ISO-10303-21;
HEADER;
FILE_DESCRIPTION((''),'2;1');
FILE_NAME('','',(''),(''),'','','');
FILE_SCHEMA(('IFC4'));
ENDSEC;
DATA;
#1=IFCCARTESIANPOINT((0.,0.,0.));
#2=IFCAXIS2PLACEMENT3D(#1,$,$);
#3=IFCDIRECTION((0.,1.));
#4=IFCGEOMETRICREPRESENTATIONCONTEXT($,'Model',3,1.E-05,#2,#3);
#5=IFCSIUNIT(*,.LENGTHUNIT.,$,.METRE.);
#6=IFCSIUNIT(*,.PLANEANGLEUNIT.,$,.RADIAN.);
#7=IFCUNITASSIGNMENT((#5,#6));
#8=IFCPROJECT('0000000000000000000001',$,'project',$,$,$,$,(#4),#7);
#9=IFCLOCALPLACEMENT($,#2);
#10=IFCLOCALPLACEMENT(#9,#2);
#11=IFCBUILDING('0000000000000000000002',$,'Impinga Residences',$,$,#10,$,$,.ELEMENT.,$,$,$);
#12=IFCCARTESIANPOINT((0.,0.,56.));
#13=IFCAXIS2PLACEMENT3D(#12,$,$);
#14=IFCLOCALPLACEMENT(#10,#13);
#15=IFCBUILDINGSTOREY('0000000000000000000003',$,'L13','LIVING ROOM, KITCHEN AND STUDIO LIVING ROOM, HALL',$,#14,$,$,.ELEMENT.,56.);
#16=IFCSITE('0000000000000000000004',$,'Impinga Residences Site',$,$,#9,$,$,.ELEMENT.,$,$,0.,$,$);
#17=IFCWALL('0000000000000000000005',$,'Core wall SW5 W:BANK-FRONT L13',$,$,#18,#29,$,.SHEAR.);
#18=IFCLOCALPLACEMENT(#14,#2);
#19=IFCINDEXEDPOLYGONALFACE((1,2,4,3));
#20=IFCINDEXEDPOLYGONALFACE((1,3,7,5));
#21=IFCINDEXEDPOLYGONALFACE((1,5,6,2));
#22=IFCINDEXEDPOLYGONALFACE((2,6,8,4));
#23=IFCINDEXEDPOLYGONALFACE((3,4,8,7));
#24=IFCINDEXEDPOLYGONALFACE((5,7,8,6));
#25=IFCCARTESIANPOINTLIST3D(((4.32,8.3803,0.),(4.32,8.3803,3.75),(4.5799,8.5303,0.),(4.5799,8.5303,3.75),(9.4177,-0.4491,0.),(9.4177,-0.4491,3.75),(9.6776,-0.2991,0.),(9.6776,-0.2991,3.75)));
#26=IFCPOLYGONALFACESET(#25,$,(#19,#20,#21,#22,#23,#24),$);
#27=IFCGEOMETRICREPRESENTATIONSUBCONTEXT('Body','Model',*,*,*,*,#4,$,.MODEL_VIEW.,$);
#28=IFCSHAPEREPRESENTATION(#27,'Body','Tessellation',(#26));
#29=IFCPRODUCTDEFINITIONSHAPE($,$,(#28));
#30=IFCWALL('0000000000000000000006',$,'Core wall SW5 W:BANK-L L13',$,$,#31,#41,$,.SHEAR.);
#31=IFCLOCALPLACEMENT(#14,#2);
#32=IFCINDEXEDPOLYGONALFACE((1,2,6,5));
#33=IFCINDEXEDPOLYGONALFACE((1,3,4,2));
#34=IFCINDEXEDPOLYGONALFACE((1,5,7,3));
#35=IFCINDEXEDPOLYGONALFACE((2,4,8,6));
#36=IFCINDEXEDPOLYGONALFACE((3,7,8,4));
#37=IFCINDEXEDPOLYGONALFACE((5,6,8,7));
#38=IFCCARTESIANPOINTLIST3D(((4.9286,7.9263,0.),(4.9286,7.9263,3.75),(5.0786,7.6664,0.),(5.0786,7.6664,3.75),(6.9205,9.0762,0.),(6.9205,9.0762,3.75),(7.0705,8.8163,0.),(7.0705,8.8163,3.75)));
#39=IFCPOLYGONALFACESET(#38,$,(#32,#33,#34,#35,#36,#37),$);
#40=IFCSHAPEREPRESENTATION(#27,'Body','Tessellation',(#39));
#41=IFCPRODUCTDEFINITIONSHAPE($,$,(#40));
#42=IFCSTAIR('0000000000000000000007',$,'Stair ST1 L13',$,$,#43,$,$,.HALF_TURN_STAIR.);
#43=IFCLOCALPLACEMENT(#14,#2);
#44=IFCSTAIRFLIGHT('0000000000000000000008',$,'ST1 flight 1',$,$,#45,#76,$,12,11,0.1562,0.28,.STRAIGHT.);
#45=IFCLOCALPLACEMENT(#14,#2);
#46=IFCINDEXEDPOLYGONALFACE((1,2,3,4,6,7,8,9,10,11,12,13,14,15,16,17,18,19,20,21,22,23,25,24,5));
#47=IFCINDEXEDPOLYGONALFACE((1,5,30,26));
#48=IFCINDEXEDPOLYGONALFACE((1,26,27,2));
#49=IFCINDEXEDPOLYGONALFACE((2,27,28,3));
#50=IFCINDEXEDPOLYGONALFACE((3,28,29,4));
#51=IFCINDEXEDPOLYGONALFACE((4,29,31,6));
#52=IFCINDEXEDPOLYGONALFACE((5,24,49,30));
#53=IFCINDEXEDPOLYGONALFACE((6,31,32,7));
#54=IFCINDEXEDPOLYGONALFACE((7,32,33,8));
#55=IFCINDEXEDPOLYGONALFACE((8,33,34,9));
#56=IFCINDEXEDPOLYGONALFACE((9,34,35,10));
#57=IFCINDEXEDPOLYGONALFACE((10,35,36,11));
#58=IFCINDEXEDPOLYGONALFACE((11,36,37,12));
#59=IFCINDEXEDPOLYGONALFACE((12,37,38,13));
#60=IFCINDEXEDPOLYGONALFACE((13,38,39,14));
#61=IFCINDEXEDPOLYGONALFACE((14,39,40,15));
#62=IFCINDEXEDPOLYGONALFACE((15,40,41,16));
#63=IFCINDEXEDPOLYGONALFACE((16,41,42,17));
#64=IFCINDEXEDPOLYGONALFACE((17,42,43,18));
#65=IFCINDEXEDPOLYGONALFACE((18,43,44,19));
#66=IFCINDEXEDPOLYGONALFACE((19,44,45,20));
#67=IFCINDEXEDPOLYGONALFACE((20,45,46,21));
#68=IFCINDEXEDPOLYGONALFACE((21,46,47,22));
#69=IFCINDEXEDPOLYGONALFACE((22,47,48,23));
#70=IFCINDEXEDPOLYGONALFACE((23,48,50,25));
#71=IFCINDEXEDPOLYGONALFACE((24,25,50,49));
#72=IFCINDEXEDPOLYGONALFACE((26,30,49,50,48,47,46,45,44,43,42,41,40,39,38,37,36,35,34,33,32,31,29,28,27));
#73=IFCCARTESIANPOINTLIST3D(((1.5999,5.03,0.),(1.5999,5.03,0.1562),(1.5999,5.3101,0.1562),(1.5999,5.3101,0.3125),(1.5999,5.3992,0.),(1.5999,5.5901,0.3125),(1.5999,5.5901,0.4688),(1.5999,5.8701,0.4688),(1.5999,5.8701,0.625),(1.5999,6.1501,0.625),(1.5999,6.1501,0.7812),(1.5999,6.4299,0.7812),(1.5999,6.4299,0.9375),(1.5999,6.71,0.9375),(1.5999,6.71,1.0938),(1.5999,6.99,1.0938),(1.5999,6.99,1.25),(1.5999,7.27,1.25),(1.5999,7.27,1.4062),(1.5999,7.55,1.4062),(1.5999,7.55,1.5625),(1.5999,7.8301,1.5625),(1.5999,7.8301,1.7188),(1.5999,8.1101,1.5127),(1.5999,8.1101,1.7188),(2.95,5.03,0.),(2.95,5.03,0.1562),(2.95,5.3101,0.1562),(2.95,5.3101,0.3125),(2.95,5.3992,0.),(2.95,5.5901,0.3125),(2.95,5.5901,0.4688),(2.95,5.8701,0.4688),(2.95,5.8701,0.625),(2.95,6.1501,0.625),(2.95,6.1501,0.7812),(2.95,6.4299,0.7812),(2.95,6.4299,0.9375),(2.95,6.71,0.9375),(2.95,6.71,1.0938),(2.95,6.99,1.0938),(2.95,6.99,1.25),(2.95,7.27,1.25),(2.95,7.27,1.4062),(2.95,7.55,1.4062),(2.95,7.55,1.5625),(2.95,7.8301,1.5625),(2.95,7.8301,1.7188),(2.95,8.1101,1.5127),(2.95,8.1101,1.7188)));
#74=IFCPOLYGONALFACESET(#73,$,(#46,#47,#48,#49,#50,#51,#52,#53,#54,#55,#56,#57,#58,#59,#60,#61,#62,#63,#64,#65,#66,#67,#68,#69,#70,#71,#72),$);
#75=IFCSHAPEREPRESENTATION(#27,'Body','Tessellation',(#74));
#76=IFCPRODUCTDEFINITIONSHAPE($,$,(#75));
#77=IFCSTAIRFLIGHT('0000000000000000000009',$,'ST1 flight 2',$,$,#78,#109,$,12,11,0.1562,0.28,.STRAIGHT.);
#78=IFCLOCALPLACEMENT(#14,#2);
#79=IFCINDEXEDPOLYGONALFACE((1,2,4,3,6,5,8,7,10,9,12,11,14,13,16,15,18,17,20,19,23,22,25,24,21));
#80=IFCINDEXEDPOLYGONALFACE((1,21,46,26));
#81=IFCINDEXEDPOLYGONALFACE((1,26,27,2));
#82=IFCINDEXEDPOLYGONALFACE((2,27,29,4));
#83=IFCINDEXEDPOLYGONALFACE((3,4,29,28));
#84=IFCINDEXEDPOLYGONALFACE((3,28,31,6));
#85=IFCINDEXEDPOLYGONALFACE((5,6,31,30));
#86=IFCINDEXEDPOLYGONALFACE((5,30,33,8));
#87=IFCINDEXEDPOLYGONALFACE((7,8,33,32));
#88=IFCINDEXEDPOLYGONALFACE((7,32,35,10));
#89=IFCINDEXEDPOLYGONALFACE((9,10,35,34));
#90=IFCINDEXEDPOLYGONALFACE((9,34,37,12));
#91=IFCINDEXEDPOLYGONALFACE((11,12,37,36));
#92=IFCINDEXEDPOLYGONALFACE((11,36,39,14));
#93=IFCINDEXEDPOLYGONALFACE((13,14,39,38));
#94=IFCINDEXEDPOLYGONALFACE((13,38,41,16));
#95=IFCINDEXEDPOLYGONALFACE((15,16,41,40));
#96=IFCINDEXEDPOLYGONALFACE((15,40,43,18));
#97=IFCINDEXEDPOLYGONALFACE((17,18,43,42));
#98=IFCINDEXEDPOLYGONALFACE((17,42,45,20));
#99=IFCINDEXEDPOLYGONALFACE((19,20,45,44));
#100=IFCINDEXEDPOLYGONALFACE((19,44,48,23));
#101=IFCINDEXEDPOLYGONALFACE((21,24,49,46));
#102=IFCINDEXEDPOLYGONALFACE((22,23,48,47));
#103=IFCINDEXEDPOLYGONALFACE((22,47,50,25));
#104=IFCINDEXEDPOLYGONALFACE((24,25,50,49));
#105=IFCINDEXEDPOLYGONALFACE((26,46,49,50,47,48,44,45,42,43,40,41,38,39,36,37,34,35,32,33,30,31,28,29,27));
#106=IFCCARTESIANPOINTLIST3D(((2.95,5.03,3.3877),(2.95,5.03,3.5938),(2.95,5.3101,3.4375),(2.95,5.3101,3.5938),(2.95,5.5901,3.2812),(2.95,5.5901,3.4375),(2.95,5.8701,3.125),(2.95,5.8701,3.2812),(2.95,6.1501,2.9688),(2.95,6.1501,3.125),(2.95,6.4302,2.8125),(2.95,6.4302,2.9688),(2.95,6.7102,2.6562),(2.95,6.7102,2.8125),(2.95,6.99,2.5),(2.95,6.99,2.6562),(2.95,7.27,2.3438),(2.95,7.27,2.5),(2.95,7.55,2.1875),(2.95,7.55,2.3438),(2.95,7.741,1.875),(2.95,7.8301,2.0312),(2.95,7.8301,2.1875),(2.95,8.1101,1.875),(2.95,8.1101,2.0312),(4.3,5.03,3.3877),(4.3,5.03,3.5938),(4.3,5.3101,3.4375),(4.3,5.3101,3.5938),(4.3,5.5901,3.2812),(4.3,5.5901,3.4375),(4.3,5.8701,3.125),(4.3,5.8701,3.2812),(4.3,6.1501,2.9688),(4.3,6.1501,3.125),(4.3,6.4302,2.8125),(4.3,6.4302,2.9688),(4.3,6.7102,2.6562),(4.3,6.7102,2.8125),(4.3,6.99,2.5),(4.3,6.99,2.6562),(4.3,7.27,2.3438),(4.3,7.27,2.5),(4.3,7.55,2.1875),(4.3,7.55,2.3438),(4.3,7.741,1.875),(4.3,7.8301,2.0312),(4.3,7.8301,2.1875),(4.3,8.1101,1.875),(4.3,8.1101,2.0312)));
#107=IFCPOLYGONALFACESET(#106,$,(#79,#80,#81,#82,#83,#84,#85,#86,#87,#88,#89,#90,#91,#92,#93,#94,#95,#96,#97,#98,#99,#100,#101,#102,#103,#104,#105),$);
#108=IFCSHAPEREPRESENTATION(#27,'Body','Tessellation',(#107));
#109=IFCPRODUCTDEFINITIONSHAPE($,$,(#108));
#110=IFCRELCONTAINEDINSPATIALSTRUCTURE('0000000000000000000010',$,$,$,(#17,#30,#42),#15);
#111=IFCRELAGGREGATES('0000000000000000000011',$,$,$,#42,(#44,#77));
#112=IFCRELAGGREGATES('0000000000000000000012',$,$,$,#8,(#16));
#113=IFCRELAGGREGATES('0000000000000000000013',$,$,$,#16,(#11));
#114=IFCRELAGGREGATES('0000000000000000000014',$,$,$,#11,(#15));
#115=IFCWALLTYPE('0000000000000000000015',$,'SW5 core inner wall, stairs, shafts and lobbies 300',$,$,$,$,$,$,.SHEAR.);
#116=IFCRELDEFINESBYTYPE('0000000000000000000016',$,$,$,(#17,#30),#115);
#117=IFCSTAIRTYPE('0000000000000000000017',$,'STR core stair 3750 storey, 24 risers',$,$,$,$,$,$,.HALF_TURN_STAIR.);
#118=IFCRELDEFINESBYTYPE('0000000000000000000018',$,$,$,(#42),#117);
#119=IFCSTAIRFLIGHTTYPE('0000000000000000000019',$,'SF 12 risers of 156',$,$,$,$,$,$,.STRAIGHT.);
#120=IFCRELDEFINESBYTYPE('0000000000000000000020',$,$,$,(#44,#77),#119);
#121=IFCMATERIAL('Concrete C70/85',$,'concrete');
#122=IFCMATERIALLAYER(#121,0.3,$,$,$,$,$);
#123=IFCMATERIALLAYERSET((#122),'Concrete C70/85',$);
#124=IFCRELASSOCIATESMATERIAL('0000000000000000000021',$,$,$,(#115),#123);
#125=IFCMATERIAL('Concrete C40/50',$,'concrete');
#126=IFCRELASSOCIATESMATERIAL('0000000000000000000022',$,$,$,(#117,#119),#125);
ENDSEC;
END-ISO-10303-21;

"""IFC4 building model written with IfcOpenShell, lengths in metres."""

from ifc_helpers import new_model, si_unit, direction, frame, frame_2d, origin, place, context, subcontext, project, spatial, polyline, rectangle, outline, extrude, material, layer, layer_set, type_object, element, aggregate, save


model = new_model("IFC4")

# Units and contexts
model_context = context("Model", 3, precision=1e-05, world=origin(), true_north=direction((0.0, 1.0)))
body_context = subcontext(model_context, "Body", "Model", "MODEL_VIEW")
ifc_project = project(units=[si_unit("LENGTHUNIT", "METRE"), si_unit("PLANEANGLEUNIT", "RADIAN")], contexts=[model_context])

# Site, building, storey
site_placement = place(None, origin())
site = spatial("IfcSite", under=ifc_project, at=site_placement, Name="Impinga Residences Site", CompositionType="ELEMENT", RefElevation=0.0)
building_placement = place(site_placement, origin())
building = spatial("IfcBuilding", under=site, at=building_placement, Name="Impinga Residences", CompositionType="ELEMENT")
storey_placement = place(building_placement, frame((0.0, 0.0, 56.0)))
storey = spatial("IfcBuildingStorey", under=building, at=storey_placement, Name="L13", Description="LIVING ROOM, KITCHEN AND STUDIO LIVING ROOM, HALL", CompositionType="ELEMENT", Elevation=56.0)

# Shared definitions
ifc_material_1 = material(Name="Concrete C70/85", Category="concrete")

# Shared definitions
ifc_layer_1 = layer(ifc_material_1, 0.3)
ifc_layer_set_1 = layer_set([ifc_layer_1], Name="Concrete C70/85")
wall_type_1 = type_object("IfcWallType", Name="SW5 core inner wall, stairs, shafts and lobbies 300", PredefinedType="SHEAR", material=ifc_layer_set_1)

# Walls
wall_1_placement = place(storey_placement, frame((4.45, 8.4553, 0.0), z_axis=(0.0, 0.0, 1.0), x_axis=(0.500002, -0.866024, 0.0)))
element("IfcWall", 1, at=wall_1_placement, inside=storey, type_object=wall_type_1, Name="Core wall SW5 W:BANK-FRONT L13", PredefinedType="SHEAR", context=body_context, shape_type="SweptSolid", body=[
    extrude(rectangle(XDim=10.1953, YDim=0.3, at=frame_2d((5.0977, 0.0))), origin(), (0.0, 0.0, 1.0), 3.75),
])
wall_2_placement = place(storey_placement, frame((5.0037, 7.7964, 0.0), z_axis=(0.0, 0.0, 1.0), x_axis=(0.866053, 0.499952, 0.0)))
element("IfcWall", 2, at=wall_2_placement, inside=storey, type_object=wall_type_1, Name="Core wall SW5 W:BANK-L L13", PredefinedType="SHEAR", context=body_context, shape_type="SweptSolid", body=[
    extrude(rectangle(XDim=2.3, YDim=0.3, at=frame_2d((1.1499, 0.0))), origin(), (0.0, 0.0, 1.0), 3.75),
])

# Stair, stair flights
ifc_material_2 = material(Name="Concrete C40/50", Category="concrete")
stair_type = type_object("IfcStairType", Name="STR core stair 3750 storey, 24 risers", PredefinedType="HALF_TURN_STAIR", material=ifc_material_2)
stair_placement = place(storey_placement, origin())
stair = element("IfcStair", 3, at=stair_placement, inside=storey, type_object=stair_type, Name="Stair ST1 L13", PredefinedType="HALF_TURN_STAIR")
stair_flight_type = type_object("IfcStairFlightType", Name="SF 12 risers of 156", PredefinedType="STRAIGHT", material=ifc_material_2)
stair_flight_1_placement = place(storey_placement, frame((2.2749, 5.03, 0.0), z_axis=(0.0, 0.0, 1.0), x_axis=(0.0, 1.0, 0.0)))
stair_flight_1 = element("IfcStairFlight", 4, at=stair_flight_1_placement, type_object=stair_flight_type, Name="ST1 flight 1", NumberOfRisers=12, NumberOfTreads=11, PredefinedType="STRAIGHT", RiserHeight=0.1562, TreadLength=0.28, context=body_context, shape_type="SweptSolid", body=[
    extrude(outline(polyline([(0.0, 0.0), (0.0, 0.1562), (0.28, 0.1562), (0.28, 0.3125), (0.5601, 0.3125), (0.5601, 0.4688), (0.8401, 0.4688), (0.8401, 0.625), (1.1201, 0.625), (1.1201, 0.7812), (1.3999, 0.7812), (1.3999, 0.9375), (1.6799, 0.9375), (1.6799, 1.0938), (1.96, 1.0938), (1.96, 1.25), (2.24, 1.25), (2.24, 1.4062), (2.52, 1.4062), (2.52, 1.5625), (2.8, 1.5625), (2.8, 1.7188), (3.0801, 1.7188), (3.0801, 1.875), (3.0801, 1.5127), (0.3691, 0.0), (0.0, 0.0)])), frame((0.0, 0.675, 0.0), z_axis=(0.0, -1.0, 0.0), x_axis=(1.0, 0.0, 0.0)), (0.0, 0.0, 1.0), 1.3501),
])
stair_flight_2_placement = place(storey_placement, frame((3.625, 8.1101, 1.875), z_axis=(0.0, 0.0, 1.0), x_axis=(0.0, -1.0, 0.0)))
stair_flight_2 = element("IfcStairFlight", 5, at=stair_flight_2_placement, type_object=stair_flight_type, Name="ST1 flight 2", NumberOfRisers=12, NumberOfTreads=11, PredefinedType="STRAIGHT", RiserHeight=0.1562, TreadLength=0.28, context=body_context, shape_type="SweptSolid", body=[
    extrude(outline(polyline([(0.0, 0.0), (0.0, 0.1562), (0.28, 0.1562), (0.28, 0.3125), (0.5601, 0.3125), (0.5601, 0.4688), (0.8401, 0.4688), (0.8401, 0.625), (1.1201, 0.625), (1.1201, 0.7812), (1.3999, 0.7812), (1.3999, 0.9375), (1.6799, 0.9375), (1.6799, 1.0938), (1.96, 1.0938), (1.96, 1.25), (2.24, 1.25), (2.24, 1.4062), (2.52, 1.4062), (2.52, 1.5625), (2.8, 1.5625), (2.8, 1.7188), (3.0801, 1.7188), (3.0801, 1.875), (3.0801, 1.5127), (0.3691, 0.0), (0.0, 0.0)])), frame((0.0, 0.675, 0.0), z_axis=(0.0, -1.0, 0.0), x_axis=(1.0, 0.0, 0.0)), (0.0, 0.0, 1.0), 1.3501),
])
aggregate(stair, [stair_flight_1, stair_flight_2])

save(model, "model.ifc")
